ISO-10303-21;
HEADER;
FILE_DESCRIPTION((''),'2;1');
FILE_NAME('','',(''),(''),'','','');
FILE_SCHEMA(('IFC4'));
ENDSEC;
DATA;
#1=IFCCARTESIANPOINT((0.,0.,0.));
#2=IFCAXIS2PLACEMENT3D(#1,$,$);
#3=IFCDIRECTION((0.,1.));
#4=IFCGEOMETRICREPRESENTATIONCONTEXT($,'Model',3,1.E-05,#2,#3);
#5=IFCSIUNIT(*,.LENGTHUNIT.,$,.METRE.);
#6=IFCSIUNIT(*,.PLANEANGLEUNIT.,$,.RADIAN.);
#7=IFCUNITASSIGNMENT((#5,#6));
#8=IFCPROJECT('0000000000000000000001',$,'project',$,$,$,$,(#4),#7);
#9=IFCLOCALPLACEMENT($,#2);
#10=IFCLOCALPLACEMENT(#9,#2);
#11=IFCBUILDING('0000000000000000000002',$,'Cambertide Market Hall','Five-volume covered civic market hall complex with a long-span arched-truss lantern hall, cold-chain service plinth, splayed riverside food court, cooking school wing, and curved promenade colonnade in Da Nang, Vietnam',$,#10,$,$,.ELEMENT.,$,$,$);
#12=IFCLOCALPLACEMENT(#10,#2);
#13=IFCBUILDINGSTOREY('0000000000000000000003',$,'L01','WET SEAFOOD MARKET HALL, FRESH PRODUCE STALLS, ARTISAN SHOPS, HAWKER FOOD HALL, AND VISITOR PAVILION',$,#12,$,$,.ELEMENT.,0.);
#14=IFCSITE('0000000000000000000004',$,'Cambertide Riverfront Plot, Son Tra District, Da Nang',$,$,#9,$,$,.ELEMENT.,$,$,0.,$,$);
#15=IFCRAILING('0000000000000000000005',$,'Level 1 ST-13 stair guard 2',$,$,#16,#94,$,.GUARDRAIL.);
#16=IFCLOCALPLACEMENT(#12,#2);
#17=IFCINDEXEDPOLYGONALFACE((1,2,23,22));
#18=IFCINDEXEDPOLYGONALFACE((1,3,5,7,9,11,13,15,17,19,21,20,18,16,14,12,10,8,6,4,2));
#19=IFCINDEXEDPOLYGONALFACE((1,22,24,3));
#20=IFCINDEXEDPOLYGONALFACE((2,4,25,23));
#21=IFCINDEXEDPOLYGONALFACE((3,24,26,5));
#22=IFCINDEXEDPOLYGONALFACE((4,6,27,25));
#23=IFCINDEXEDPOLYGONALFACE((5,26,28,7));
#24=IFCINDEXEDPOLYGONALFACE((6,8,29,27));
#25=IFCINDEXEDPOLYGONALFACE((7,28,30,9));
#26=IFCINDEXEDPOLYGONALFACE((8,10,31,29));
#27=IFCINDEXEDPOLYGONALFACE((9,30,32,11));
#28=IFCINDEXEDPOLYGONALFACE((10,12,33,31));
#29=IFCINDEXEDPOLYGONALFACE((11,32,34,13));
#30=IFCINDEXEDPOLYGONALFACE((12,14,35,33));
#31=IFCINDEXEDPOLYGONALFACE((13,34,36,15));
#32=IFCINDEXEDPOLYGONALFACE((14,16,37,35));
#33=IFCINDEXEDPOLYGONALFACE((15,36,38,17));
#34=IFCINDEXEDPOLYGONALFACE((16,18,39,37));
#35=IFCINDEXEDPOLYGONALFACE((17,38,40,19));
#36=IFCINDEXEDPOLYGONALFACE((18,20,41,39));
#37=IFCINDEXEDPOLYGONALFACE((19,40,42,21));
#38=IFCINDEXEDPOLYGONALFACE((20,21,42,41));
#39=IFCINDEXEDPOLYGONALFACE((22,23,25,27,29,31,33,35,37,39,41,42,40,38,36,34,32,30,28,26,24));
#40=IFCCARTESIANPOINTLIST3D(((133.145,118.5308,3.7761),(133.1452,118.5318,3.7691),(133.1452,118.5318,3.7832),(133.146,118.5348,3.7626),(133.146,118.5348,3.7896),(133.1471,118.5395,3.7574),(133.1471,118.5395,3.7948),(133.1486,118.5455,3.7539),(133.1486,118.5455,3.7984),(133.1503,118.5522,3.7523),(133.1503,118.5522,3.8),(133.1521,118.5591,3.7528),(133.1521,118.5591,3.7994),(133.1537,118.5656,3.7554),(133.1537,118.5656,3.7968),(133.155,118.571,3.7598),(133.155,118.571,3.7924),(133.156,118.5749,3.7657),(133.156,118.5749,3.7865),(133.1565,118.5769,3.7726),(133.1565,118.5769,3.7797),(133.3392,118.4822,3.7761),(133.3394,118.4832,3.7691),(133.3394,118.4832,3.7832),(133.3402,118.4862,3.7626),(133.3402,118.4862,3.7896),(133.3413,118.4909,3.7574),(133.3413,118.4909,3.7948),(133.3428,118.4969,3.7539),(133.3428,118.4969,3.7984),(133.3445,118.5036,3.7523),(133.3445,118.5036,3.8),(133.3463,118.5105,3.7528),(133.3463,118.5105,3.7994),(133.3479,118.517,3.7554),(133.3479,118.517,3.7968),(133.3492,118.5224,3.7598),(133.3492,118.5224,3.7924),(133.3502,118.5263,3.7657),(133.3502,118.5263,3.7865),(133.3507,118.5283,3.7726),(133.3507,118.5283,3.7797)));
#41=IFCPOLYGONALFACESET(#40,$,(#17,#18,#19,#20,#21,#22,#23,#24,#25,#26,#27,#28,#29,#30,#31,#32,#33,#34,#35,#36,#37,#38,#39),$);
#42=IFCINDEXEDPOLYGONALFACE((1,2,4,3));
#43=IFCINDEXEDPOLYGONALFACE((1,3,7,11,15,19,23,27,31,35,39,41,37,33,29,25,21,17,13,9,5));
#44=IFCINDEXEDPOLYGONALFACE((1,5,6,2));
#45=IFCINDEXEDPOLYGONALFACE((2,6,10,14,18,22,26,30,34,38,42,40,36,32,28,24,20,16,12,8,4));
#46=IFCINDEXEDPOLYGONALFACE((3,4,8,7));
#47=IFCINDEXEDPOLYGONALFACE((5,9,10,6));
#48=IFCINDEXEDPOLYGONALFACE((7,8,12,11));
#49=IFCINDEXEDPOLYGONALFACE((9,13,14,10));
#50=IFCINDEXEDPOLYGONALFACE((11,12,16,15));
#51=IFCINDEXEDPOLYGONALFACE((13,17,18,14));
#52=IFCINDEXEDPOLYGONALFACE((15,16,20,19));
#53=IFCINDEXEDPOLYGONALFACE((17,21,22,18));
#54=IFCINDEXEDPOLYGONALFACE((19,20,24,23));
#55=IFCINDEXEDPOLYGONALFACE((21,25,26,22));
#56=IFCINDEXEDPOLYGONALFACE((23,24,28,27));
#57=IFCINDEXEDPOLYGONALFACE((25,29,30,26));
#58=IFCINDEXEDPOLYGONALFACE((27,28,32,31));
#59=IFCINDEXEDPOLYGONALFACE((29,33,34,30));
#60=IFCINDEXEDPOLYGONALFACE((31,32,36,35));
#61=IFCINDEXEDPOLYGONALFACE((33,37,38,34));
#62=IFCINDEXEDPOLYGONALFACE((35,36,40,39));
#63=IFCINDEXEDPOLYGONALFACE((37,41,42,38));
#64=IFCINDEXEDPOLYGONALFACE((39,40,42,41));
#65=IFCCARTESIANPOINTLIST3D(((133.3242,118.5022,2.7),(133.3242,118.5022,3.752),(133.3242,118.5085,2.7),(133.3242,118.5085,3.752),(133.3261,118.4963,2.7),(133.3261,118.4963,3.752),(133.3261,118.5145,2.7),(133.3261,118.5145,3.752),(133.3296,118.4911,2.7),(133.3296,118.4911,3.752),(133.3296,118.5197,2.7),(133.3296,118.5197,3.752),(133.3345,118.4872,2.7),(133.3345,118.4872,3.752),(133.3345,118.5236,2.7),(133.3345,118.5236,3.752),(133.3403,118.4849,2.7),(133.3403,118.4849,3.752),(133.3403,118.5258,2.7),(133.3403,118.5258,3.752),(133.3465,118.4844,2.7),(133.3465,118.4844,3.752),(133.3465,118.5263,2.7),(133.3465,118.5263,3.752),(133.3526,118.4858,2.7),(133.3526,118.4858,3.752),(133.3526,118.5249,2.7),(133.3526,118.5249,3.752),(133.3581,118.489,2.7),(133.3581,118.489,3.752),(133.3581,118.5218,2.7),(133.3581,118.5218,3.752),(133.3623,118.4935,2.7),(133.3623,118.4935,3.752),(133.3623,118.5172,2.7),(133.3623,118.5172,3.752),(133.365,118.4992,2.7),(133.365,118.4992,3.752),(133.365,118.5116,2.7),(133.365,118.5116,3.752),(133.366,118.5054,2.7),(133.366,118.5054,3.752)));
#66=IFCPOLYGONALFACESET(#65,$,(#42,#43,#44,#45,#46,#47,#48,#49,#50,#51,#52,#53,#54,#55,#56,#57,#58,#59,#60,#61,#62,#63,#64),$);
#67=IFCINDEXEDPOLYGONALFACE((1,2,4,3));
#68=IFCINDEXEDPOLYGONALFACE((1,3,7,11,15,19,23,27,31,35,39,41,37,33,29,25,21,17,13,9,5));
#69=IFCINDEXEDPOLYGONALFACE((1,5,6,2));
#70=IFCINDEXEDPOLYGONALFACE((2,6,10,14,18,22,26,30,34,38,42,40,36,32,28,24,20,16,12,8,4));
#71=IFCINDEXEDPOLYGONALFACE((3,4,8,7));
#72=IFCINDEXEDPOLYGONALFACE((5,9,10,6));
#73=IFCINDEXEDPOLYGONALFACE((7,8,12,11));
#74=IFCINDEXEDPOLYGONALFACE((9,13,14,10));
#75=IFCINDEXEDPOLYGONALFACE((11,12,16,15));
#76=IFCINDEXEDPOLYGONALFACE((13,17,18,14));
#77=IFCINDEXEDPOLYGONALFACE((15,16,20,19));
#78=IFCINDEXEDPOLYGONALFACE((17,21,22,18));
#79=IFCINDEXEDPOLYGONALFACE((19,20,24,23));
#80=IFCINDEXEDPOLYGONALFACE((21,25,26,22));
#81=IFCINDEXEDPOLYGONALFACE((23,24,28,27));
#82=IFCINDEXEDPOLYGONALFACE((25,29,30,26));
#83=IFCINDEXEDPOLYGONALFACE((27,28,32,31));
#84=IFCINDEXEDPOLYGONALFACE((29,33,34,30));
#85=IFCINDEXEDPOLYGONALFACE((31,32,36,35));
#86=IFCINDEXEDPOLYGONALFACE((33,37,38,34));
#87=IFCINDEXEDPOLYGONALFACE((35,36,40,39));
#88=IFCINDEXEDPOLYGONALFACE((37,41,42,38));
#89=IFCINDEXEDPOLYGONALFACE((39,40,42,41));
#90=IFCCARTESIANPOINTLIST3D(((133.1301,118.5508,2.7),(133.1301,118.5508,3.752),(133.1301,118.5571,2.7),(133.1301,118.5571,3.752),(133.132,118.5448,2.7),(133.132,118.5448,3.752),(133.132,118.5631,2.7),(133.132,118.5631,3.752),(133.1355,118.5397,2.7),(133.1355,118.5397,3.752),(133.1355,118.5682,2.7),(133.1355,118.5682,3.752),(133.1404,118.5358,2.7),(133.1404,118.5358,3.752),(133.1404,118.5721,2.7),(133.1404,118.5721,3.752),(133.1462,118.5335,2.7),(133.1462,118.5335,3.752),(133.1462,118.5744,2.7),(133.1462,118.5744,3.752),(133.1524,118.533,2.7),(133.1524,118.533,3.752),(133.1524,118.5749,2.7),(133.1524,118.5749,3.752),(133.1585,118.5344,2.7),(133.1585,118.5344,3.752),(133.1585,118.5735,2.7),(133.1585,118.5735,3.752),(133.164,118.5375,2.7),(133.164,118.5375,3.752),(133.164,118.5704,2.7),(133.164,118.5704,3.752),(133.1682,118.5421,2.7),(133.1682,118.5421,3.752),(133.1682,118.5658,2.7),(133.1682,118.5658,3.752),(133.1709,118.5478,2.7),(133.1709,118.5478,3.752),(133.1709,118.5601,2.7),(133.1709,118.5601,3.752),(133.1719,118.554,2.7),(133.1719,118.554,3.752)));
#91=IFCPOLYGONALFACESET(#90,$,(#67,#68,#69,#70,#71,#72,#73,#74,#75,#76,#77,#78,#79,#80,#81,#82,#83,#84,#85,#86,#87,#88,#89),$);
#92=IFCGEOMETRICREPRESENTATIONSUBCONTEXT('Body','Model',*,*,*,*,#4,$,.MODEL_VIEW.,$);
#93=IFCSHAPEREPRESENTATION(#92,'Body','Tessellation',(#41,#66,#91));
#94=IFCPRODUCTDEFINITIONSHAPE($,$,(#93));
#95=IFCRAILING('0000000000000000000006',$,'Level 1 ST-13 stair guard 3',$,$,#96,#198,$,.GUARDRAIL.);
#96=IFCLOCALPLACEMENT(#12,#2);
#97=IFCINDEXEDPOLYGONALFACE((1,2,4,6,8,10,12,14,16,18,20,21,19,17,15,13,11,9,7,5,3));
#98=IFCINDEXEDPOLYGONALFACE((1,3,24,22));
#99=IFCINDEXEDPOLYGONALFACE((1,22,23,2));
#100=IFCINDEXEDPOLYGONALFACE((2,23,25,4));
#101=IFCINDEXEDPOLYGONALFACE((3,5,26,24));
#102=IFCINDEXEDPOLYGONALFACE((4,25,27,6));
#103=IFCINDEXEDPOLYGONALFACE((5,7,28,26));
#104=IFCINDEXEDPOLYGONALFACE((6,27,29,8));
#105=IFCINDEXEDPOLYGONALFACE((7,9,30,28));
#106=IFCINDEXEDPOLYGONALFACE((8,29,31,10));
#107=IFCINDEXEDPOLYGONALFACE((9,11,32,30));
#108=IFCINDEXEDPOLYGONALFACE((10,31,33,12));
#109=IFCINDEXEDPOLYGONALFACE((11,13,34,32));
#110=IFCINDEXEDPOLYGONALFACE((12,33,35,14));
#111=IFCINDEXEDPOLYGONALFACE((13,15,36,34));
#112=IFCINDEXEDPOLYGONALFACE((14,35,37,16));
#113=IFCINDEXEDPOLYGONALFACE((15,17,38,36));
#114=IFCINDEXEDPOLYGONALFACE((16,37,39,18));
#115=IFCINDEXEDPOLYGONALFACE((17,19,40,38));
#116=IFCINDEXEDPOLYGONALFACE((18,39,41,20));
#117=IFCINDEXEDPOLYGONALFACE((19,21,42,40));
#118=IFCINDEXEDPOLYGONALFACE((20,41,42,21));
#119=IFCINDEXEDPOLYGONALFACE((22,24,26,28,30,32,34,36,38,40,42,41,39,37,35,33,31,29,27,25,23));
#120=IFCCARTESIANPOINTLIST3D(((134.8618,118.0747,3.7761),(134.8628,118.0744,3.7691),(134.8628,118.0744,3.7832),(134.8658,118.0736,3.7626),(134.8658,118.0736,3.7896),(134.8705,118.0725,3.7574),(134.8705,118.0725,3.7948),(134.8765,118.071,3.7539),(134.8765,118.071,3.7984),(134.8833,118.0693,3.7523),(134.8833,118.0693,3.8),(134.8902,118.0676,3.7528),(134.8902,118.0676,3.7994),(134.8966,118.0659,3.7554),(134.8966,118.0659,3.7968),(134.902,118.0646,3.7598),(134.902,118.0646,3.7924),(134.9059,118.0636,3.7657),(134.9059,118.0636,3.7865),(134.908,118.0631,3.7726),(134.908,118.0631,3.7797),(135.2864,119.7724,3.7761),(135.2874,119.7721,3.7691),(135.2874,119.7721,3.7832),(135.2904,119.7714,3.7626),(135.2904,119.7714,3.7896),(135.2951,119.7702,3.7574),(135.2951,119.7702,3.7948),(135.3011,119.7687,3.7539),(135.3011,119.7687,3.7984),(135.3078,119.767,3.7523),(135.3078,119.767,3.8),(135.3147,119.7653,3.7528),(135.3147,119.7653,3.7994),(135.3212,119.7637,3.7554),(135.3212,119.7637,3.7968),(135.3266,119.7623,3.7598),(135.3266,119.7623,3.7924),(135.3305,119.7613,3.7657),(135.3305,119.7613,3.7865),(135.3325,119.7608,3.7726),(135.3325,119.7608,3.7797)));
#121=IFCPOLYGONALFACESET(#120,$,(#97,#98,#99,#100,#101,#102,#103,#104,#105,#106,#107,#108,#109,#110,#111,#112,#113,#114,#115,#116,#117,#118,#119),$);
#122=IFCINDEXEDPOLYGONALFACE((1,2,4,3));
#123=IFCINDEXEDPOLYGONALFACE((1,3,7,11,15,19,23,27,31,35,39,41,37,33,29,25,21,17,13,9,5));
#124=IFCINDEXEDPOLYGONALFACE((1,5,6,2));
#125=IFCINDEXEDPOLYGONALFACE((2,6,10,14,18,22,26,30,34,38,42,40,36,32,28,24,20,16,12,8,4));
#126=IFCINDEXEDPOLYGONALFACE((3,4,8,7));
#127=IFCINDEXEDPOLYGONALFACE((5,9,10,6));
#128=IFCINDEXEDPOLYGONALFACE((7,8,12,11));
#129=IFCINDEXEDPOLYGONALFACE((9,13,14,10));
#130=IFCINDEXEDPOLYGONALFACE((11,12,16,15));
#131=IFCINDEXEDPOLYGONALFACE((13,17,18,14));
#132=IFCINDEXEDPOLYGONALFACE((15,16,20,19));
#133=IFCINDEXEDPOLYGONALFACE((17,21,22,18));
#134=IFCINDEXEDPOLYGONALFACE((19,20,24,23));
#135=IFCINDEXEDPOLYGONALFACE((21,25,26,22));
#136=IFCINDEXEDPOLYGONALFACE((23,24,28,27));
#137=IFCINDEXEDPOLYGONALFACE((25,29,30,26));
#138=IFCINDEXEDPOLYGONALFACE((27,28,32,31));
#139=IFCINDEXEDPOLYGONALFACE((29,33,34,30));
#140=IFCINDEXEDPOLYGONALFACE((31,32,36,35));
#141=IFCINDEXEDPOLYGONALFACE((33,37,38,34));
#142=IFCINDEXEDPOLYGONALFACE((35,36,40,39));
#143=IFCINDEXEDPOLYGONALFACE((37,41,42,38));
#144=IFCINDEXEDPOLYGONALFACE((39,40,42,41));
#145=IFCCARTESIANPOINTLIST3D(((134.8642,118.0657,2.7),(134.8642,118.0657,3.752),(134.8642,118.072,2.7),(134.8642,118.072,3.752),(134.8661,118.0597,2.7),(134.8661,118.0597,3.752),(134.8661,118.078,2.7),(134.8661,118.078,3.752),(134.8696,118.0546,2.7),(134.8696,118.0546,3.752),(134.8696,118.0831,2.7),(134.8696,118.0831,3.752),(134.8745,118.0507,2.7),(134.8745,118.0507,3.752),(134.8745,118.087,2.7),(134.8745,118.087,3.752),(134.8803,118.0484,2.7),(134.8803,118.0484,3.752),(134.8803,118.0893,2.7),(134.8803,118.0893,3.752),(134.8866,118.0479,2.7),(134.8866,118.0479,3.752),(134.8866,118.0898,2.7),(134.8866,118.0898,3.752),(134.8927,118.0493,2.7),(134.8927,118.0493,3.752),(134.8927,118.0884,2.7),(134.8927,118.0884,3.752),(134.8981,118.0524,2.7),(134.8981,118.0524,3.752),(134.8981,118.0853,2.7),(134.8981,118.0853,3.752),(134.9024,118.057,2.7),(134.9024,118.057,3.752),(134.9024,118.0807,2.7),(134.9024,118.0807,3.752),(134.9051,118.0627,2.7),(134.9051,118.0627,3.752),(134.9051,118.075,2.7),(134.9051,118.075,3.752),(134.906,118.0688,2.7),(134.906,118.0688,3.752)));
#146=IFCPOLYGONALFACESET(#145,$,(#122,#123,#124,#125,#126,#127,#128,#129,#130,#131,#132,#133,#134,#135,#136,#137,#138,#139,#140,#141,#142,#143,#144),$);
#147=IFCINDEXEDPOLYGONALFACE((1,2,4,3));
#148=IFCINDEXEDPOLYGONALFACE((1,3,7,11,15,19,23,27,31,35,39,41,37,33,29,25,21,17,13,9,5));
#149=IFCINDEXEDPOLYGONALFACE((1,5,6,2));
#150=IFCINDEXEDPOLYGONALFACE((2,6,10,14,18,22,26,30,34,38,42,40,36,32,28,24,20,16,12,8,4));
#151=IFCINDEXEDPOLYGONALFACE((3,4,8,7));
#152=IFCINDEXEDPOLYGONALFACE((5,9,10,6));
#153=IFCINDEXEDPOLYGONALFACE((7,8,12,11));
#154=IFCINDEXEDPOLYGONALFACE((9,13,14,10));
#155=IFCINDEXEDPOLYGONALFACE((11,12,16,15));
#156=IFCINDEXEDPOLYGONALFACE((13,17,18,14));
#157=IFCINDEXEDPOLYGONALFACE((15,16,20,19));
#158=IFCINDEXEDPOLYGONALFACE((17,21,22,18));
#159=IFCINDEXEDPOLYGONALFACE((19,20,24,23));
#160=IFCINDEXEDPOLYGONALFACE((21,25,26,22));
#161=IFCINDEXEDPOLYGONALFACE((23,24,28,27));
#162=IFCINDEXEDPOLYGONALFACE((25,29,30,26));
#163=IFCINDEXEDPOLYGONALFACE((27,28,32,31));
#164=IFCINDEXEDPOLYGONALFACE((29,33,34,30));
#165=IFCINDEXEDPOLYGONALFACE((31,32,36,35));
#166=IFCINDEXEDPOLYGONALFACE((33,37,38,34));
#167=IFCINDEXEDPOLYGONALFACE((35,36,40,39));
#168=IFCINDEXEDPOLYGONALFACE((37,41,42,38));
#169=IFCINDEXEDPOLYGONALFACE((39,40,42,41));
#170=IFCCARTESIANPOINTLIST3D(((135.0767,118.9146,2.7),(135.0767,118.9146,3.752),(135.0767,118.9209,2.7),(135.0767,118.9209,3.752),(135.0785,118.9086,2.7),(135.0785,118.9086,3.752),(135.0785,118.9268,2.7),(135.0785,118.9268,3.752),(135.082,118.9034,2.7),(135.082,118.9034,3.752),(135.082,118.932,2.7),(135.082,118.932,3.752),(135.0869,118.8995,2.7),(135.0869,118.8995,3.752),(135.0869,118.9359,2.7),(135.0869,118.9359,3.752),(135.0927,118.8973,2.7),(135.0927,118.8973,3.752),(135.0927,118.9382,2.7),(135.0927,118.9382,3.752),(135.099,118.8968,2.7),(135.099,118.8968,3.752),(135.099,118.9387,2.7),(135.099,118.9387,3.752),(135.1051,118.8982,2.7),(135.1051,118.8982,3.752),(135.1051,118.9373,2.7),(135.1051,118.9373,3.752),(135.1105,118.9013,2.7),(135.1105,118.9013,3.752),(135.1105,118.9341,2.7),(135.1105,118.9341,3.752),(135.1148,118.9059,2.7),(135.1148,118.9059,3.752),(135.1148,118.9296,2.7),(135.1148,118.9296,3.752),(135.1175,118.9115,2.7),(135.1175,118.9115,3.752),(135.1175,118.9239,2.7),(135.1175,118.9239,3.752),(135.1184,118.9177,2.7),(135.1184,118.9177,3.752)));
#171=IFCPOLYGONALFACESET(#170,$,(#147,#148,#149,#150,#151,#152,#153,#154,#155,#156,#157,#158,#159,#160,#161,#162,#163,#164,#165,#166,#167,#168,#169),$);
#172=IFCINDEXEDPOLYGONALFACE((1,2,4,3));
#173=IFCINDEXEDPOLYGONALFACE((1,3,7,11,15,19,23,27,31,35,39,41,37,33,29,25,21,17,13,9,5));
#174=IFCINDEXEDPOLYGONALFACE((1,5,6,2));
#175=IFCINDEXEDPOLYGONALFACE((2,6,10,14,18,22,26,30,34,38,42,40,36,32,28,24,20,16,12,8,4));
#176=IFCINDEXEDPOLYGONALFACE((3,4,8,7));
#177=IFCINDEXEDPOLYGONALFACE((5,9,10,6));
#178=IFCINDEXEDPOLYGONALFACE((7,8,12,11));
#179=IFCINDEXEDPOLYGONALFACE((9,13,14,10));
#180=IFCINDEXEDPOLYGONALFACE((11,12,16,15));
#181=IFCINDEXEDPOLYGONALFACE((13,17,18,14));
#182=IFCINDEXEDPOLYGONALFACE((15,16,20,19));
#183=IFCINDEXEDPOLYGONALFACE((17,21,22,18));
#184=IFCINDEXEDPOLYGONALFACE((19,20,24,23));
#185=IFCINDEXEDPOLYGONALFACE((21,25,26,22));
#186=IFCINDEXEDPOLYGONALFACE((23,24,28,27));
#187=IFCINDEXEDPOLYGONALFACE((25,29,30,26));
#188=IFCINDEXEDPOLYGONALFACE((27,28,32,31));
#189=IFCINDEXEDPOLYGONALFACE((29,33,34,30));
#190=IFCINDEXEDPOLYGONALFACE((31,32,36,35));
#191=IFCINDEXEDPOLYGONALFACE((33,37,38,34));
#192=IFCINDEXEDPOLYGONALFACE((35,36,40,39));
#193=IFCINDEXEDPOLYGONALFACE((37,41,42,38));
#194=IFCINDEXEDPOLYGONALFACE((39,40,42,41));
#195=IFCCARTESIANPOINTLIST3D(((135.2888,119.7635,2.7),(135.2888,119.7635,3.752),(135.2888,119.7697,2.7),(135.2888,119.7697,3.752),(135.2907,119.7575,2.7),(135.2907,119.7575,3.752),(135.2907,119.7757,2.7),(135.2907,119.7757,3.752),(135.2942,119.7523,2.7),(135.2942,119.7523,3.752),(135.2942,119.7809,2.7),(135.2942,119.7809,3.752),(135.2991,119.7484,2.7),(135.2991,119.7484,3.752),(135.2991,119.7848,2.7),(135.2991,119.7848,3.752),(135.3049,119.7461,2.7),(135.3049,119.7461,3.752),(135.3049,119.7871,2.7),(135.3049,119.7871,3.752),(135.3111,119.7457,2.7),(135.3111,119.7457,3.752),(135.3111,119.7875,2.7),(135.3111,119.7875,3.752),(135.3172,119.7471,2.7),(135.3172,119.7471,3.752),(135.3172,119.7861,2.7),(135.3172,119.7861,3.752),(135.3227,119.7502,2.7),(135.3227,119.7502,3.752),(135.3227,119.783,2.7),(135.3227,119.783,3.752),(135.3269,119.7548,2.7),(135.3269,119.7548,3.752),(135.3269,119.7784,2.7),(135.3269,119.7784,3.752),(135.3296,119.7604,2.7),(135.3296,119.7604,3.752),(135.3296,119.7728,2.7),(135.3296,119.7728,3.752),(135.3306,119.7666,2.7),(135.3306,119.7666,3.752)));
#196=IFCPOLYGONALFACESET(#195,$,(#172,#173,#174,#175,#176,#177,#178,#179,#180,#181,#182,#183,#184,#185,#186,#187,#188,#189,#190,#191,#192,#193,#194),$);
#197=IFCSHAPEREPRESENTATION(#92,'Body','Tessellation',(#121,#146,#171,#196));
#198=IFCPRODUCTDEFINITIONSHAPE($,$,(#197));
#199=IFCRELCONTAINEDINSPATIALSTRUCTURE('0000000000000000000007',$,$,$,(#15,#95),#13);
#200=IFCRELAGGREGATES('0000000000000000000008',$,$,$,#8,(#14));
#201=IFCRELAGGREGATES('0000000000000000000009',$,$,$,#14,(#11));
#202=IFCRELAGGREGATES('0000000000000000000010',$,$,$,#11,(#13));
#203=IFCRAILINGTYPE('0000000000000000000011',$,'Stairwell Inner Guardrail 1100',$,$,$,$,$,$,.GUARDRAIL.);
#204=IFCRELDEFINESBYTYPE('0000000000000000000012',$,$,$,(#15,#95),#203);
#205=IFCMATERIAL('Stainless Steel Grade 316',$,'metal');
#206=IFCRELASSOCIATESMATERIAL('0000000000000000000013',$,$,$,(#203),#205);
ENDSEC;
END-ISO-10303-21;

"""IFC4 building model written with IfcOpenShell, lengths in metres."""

from ifc_helpers import new_model, si_unit, direction, frame, origin, origin_2d, place, context, subcontext, project, spatial, circle, extrude, material, type_object, element, save


model = new_model("IFC4")

# Units and contexts
model_context = context("Model", 3, precision=1e-05, world=origin(), true_north=direction((0.0, 1.0)))
body_context = subcontext(model_context, "Body", "Model", "MODEL_VIEW")
ifc_project = project(units=[si_unit("LENGTHUNIT", "METRE"), si_unit("PLANEANGLEUNIT", "RADIAN")], contexts=[model_context])

# Site, building, storey
site_placement = place(None, origin())
site = spatial("IfcSite", under=ifc_project, at=site_placement, Name="Cambertide Riverfront Plot, Son Tra District, Da Nang", CompositionType="ELEMENT", RefElevation=0.0)
building_placement = place(site_placement, origin())
building = spatial("IfcBuilding", under=site, at=building_placement, Name="Cambertide Market Hall", Description="Five-volume covered civic market hall complex with a long-span arched-truss lantern hall, cold-chain service plinth, splayed riverside food court, cooking school wing, and curved promenade colonnade in Da Nang, Vietnam", CompositionType="ELEMENT")
storey_placement = place(building_placement, origin())
storey = spatial("IfcBuildingStorey", under=building, at=storey_placement, Name="L01", Description="WET SEAFOOD MARKET HALL, FRESH PRODUCE STALLS, ARTISAN SHOPS, HAWKER FOOD HALL, AND VISITOR PAVILION", CompositionType="ELEMENT", Elevation=0.0)

# Railings
ifc_material_1 = material(Name="Stainless Steel Grade 316", Category="metal")
railing_type_1 = type_object("IfcRailingType", Name="Stairwell Inner Guardrail 1100", PredefinedType="GUARDRAIL", material=ifc_material_1)
railing_1_placement = place(storey_placement, frame((133.345, 118.5054, 2.7)))
element("IfcRailing", 1, at=railing_1_placement, inside=storey, type_object=railing_type_1, Name="Level 1 ST-13 stair guard 2", PredefinedType="GUARDRAIL", context=body_context, shape_type="SweptSolid", body=[
    extrude(circle(Radius=0.0239, at=origin_2d()), frame((0.0, 0.0, 1.0762), z_axis=(-0.970071, 0.242823, 0.0), x_axis=(-0.242823, -0.970071, 0.0)), (0.0, 0.0, 1.0), 0.2002),
    extrude(circle(Radius=0.021, at=origin_2d()), origin(), (0.0, 0.0, 1.0), 1.052),
    extrude(circle(Radius=0.021, at=origin_2d()), frame((-0.1941, 0.0486, 0.0)), (0.0, 0.0, 1.0), 1.052),
])
railing_2_placement = place(storey_placement, frame((134.885, 118.0688, 2.7)))
element("IfcRailing", 2, at=railing_2_placement, inside=storey, type_object=railing_type_1, Name="Level 1 ST-13 stair guard 3", PredefinedType="GUARDRAIL", context=body_context, shape_type="SweptSolid", body=[
    extrude(circle(Radius=0.0239, at=origin_2d()), frame((0.0, 0.0, 1.0762), z_axis=(0.242601, 0.970126, 0.0), x_axis=(-0.970126, 0.242601, 0.0)), (0.0, 0.0, 1.0), 1.75),
    extrude(circle(Radius=0.021, at=origin_2d()), origin(), (0.0, 0.0, 1.0), 1.052),
    extrude(circle(Radius=0.021, at=origin_2d()), frame((0.2124, 0.8489, 0.0)), (0.0, 0.0, 1.0), 1.052),
    extrude(circle(Radius=0.021, at=origin_2d()), frame((0.4246, 1.6978, 0.0)), (0.0, 0.0, 1.0), 1.052),
])

save(model, "model.ifc")
